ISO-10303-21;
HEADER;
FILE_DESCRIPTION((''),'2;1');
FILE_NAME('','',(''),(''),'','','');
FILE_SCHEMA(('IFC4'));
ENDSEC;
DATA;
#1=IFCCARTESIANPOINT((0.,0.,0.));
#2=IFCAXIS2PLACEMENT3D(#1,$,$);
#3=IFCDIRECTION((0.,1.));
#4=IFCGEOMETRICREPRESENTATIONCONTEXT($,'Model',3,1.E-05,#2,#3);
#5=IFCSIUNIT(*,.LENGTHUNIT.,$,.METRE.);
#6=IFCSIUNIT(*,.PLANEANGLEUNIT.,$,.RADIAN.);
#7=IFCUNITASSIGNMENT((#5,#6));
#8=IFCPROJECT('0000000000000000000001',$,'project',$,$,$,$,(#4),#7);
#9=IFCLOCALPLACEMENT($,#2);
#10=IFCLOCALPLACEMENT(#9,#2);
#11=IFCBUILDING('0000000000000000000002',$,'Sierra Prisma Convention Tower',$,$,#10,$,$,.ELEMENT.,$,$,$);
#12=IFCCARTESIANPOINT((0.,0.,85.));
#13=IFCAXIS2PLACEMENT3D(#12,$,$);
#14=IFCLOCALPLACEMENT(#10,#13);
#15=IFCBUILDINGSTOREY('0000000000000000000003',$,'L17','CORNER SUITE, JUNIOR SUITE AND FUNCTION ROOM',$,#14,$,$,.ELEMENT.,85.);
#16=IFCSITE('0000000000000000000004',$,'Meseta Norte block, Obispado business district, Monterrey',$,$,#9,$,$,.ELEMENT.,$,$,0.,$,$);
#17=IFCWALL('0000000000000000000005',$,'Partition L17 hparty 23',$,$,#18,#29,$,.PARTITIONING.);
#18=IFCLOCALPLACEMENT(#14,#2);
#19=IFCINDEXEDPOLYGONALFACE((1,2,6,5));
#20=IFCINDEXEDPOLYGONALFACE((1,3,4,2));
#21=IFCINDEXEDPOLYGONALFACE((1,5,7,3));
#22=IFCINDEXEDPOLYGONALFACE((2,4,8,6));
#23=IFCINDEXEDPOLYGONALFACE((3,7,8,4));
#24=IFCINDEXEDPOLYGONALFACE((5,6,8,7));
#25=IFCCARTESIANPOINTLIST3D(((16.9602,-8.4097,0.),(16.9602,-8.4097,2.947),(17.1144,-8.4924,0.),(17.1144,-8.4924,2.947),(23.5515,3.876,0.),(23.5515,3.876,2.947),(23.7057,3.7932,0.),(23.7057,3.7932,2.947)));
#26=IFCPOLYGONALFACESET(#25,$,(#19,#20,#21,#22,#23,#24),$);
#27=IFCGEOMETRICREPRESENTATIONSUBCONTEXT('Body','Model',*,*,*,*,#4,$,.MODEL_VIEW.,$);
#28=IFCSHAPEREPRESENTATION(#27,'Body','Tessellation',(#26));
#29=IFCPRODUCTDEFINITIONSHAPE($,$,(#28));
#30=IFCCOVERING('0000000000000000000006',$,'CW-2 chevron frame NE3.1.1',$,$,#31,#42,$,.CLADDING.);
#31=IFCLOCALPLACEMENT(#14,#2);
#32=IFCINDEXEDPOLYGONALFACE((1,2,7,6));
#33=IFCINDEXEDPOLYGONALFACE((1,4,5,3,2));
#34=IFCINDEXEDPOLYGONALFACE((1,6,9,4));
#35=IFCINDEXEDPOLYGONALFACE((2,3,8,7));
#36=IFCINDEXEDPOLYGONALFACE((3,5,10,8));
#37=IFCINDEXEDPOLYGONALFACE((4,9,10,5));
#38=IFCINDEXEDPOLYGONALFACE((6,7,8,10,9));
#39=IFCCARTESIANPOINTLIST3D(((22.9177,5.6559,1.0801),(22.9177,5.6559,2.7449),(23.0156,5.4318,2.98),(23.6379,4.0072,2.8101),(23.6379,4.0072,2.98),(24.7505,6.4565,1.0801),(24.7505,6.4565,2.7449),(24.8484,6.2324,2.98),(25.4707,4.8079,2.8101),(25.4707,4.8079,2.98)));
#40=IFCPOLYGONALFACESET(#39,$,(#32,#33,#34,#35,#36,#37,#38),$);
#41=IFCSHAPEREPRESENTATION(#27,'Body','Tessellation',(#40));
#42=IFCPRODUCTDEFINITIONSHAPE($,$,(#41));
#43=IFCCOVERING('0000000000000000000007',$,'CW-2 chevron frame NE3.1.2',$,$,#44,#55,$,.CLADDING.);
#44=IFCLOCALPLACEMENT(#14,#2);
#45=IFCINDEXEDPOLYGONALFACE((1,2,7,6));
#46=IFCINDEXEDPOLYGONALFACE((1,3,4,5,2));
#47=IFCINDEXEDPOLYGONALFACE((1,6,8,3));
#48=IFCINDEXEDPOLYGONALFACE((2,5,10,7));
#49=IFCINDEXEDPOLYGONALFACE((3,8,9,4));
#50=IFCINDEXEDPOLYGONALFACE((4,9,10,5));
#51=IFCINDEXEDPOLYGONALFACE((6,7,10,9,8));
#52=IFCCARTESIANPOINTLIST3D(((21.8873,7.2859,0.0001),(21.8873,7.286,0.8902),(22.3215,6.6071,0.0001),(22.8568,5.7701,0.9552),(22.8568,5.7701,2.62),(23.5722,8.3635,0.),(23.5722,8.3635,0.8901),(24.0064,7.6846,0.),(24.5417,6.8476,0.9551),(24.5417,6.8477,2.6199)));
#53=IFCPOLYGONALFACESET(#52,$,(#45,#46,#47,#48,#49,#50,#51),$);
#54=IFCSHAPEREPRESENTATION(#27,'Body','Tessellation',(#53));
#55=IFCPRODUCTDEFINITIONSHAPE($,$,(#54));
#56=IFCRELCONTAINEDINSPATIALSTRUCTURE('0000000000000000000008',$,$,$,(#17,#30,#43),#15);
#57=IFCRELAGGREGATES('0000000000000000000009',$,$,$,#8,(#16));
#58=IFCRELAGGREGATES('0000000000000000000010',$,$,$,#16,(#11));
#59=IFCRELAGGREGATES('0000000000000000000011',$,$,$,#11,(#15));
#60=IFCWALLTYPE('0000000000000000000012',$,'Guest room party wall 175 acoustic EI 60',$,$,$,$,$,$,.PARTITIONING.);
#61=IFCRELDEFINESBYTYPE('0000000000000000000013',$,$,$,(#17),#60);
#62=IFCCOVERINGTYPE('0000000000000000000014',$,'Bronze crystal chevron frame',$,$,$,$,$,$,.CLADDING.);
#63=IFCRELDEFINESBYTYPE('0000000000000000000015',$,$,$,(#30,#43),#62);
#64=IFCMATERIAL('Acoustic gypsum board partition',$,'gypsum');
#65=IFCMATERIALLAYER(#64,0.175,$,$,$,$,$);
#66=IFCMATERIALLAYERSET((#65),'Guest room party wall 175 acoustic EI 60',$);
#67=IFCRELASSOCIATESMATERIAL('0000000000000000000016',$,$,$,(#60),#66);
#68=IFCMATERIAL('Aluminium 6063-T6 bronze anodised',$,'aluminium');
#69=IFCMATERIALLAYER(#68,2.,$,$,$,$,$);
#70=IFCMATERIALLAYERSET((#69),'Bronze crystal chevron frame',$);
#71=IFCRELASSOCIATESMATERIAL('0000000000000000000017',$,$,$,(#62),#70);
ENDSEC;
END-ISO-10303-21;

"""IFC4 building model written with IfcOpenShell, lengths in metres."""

from ifc_helpers import new_model, si_unit, direction, frame, frame_2d, origin, place, context, subcontext, project, spatial, polyline, rectangle, outline, extrude, material, layer, layer_set, type_object, element, save


model = new_model("IFC4")

# Units and contexts
model_context = context("Model", 3, precision=1e-05, world=origin(), true_north=direction((0.0, 1.0)))
body_context = subcontext(model_context, "Body", "Model", "MODEL_VIEW")
ifc_project = project(units=[si_unit("LENGTHUNIT", "METRE"), si_unit("PLANEANGLEUNIT", "RADIAN")], contexts=[model_context])

# Site, building, storey
site_placement = place(None, origin())
site = spatial("IfcSite", under=ifc_project, at=site_placement, Name="Meseta Norte block, Obispado business district, Monterrey", CompositionType="ELEMENT", RefElevation=0.0)
building_placement = place(site_placement, origin())
building = spatial("IfcBuilding", under=site, at=building_placement, Name="Sierra Prisma Convention Tower", CompositionType="ELEMENT")
storey_placement = place(building_placement, frame((0.0, 0.0, 85.0)))
storey = spatial("IfcBuildingStorey", under=building, at=storey_placement, Name="L17", Description="CORNER SUITE, JUNIOR SUITE AND FUNCTION ROOM", CompositionType="ELEMENT", Elevation=85.0)

# Wall
ifc_material_1 = material(Name="Acoustic gypsum board partition", Category="gypsum")
ifc_layer_1 = layer(ifc_material_1, 0.175)
ifc_layer_set_1 = layer_set([ifc_layer_1], Name="Guest room party wall 175 acoustic EI 60")
wall_type_1 = type_object("IfcWallType", Name="Guest room party wall 175 acoustic EI 60", PredefinedType="PARTITIONING", material=ifc_layer_set_1)
wall_1_placement = place(storey_placement, frame((23.6287, 3.8347, 0.0), z_axis=(0.0, 0.0, 1.0), x_axis=(-0.472763, -0.88119, 0.0)))
element("IfcWall", 1, at=wall_1_placement, inside=storey, type_object=wall_type_1, Name="Partition L17 hparty 23", PredefinedType="PARTITIONING", context=body_context, shape_type="SweptSolid", body=[
    extrude(rectangle(XDim=13.9421, YDim=0.175, at=frame_2d((6.9712, 0.0))), origin(), (0.0, 0.0, 1.0), 2.947),
])

# Coverings
ifc_material_2 = material(Name="Aluminium 6063-T6 bronze anodised", Category="aluminium")
ifc_layer_2 = layer(ifc_material_2, 2.0)
ifc_layer_set_2 = layer_set([ifc_layer_2], Name="Bronze crystal chevron frame")
covering_type = type_object("IfcCoveringType", Name="Bronze crystal chevron frame", PredefinedType="CLADDING", material=ifc_layer_set_2)
covering_1_placement = place(storey_placement, frame((25.4707, 4.8079, 2.98), z_axis=(0.916378, 0.400314, 0.000002), x_axis=(0.000002, 0.000001, -1.0)))
element("IfcCovering", 2, at=covering_1_placement, inside=storey, type_object=covering_type, Name="CW-2 chevron frame NE3.1.1", PredefinedType="CLADDING", context=body_context, shape_type="SweptSolid", body=[
    extrude(outline(polyline([(0.0, 0.0), (0.1699, 0.0), (1.8999, 1.7991), (0.2351, 1.7991), (0.0, 1.5546), (0.0, 0.0)])), origin(), (0.0, 0.0, -1.0), 2.0),
])
covering_2_placement = place(storey_placement, frame((24.5417, 6.8477, 2.6199), z_axis=(0.842453, 0.538769, -0.000042), x_axis=(-0.000035, -0.000022, -1.0)))
element("IfcCovering", 3, at=covering_2_placement, inside=storey, type_object=covering_type, Name="CW-2 chevron frame NE3.1.2", PredefinedType="CLADDING", context=body_context, shape_type="SweptSolid", body=[
    extrude(outline(polyline([(0.0, 0.0), (1.6648, 0.0), (2.6199, 0.9935), (2.6199, 1.7994), (1.7297, 1.7994), (0.0, 0.0)])), origin(), (0.0, 0.0, -1.0), 2.0),
])

save(model, "model.ifc")
